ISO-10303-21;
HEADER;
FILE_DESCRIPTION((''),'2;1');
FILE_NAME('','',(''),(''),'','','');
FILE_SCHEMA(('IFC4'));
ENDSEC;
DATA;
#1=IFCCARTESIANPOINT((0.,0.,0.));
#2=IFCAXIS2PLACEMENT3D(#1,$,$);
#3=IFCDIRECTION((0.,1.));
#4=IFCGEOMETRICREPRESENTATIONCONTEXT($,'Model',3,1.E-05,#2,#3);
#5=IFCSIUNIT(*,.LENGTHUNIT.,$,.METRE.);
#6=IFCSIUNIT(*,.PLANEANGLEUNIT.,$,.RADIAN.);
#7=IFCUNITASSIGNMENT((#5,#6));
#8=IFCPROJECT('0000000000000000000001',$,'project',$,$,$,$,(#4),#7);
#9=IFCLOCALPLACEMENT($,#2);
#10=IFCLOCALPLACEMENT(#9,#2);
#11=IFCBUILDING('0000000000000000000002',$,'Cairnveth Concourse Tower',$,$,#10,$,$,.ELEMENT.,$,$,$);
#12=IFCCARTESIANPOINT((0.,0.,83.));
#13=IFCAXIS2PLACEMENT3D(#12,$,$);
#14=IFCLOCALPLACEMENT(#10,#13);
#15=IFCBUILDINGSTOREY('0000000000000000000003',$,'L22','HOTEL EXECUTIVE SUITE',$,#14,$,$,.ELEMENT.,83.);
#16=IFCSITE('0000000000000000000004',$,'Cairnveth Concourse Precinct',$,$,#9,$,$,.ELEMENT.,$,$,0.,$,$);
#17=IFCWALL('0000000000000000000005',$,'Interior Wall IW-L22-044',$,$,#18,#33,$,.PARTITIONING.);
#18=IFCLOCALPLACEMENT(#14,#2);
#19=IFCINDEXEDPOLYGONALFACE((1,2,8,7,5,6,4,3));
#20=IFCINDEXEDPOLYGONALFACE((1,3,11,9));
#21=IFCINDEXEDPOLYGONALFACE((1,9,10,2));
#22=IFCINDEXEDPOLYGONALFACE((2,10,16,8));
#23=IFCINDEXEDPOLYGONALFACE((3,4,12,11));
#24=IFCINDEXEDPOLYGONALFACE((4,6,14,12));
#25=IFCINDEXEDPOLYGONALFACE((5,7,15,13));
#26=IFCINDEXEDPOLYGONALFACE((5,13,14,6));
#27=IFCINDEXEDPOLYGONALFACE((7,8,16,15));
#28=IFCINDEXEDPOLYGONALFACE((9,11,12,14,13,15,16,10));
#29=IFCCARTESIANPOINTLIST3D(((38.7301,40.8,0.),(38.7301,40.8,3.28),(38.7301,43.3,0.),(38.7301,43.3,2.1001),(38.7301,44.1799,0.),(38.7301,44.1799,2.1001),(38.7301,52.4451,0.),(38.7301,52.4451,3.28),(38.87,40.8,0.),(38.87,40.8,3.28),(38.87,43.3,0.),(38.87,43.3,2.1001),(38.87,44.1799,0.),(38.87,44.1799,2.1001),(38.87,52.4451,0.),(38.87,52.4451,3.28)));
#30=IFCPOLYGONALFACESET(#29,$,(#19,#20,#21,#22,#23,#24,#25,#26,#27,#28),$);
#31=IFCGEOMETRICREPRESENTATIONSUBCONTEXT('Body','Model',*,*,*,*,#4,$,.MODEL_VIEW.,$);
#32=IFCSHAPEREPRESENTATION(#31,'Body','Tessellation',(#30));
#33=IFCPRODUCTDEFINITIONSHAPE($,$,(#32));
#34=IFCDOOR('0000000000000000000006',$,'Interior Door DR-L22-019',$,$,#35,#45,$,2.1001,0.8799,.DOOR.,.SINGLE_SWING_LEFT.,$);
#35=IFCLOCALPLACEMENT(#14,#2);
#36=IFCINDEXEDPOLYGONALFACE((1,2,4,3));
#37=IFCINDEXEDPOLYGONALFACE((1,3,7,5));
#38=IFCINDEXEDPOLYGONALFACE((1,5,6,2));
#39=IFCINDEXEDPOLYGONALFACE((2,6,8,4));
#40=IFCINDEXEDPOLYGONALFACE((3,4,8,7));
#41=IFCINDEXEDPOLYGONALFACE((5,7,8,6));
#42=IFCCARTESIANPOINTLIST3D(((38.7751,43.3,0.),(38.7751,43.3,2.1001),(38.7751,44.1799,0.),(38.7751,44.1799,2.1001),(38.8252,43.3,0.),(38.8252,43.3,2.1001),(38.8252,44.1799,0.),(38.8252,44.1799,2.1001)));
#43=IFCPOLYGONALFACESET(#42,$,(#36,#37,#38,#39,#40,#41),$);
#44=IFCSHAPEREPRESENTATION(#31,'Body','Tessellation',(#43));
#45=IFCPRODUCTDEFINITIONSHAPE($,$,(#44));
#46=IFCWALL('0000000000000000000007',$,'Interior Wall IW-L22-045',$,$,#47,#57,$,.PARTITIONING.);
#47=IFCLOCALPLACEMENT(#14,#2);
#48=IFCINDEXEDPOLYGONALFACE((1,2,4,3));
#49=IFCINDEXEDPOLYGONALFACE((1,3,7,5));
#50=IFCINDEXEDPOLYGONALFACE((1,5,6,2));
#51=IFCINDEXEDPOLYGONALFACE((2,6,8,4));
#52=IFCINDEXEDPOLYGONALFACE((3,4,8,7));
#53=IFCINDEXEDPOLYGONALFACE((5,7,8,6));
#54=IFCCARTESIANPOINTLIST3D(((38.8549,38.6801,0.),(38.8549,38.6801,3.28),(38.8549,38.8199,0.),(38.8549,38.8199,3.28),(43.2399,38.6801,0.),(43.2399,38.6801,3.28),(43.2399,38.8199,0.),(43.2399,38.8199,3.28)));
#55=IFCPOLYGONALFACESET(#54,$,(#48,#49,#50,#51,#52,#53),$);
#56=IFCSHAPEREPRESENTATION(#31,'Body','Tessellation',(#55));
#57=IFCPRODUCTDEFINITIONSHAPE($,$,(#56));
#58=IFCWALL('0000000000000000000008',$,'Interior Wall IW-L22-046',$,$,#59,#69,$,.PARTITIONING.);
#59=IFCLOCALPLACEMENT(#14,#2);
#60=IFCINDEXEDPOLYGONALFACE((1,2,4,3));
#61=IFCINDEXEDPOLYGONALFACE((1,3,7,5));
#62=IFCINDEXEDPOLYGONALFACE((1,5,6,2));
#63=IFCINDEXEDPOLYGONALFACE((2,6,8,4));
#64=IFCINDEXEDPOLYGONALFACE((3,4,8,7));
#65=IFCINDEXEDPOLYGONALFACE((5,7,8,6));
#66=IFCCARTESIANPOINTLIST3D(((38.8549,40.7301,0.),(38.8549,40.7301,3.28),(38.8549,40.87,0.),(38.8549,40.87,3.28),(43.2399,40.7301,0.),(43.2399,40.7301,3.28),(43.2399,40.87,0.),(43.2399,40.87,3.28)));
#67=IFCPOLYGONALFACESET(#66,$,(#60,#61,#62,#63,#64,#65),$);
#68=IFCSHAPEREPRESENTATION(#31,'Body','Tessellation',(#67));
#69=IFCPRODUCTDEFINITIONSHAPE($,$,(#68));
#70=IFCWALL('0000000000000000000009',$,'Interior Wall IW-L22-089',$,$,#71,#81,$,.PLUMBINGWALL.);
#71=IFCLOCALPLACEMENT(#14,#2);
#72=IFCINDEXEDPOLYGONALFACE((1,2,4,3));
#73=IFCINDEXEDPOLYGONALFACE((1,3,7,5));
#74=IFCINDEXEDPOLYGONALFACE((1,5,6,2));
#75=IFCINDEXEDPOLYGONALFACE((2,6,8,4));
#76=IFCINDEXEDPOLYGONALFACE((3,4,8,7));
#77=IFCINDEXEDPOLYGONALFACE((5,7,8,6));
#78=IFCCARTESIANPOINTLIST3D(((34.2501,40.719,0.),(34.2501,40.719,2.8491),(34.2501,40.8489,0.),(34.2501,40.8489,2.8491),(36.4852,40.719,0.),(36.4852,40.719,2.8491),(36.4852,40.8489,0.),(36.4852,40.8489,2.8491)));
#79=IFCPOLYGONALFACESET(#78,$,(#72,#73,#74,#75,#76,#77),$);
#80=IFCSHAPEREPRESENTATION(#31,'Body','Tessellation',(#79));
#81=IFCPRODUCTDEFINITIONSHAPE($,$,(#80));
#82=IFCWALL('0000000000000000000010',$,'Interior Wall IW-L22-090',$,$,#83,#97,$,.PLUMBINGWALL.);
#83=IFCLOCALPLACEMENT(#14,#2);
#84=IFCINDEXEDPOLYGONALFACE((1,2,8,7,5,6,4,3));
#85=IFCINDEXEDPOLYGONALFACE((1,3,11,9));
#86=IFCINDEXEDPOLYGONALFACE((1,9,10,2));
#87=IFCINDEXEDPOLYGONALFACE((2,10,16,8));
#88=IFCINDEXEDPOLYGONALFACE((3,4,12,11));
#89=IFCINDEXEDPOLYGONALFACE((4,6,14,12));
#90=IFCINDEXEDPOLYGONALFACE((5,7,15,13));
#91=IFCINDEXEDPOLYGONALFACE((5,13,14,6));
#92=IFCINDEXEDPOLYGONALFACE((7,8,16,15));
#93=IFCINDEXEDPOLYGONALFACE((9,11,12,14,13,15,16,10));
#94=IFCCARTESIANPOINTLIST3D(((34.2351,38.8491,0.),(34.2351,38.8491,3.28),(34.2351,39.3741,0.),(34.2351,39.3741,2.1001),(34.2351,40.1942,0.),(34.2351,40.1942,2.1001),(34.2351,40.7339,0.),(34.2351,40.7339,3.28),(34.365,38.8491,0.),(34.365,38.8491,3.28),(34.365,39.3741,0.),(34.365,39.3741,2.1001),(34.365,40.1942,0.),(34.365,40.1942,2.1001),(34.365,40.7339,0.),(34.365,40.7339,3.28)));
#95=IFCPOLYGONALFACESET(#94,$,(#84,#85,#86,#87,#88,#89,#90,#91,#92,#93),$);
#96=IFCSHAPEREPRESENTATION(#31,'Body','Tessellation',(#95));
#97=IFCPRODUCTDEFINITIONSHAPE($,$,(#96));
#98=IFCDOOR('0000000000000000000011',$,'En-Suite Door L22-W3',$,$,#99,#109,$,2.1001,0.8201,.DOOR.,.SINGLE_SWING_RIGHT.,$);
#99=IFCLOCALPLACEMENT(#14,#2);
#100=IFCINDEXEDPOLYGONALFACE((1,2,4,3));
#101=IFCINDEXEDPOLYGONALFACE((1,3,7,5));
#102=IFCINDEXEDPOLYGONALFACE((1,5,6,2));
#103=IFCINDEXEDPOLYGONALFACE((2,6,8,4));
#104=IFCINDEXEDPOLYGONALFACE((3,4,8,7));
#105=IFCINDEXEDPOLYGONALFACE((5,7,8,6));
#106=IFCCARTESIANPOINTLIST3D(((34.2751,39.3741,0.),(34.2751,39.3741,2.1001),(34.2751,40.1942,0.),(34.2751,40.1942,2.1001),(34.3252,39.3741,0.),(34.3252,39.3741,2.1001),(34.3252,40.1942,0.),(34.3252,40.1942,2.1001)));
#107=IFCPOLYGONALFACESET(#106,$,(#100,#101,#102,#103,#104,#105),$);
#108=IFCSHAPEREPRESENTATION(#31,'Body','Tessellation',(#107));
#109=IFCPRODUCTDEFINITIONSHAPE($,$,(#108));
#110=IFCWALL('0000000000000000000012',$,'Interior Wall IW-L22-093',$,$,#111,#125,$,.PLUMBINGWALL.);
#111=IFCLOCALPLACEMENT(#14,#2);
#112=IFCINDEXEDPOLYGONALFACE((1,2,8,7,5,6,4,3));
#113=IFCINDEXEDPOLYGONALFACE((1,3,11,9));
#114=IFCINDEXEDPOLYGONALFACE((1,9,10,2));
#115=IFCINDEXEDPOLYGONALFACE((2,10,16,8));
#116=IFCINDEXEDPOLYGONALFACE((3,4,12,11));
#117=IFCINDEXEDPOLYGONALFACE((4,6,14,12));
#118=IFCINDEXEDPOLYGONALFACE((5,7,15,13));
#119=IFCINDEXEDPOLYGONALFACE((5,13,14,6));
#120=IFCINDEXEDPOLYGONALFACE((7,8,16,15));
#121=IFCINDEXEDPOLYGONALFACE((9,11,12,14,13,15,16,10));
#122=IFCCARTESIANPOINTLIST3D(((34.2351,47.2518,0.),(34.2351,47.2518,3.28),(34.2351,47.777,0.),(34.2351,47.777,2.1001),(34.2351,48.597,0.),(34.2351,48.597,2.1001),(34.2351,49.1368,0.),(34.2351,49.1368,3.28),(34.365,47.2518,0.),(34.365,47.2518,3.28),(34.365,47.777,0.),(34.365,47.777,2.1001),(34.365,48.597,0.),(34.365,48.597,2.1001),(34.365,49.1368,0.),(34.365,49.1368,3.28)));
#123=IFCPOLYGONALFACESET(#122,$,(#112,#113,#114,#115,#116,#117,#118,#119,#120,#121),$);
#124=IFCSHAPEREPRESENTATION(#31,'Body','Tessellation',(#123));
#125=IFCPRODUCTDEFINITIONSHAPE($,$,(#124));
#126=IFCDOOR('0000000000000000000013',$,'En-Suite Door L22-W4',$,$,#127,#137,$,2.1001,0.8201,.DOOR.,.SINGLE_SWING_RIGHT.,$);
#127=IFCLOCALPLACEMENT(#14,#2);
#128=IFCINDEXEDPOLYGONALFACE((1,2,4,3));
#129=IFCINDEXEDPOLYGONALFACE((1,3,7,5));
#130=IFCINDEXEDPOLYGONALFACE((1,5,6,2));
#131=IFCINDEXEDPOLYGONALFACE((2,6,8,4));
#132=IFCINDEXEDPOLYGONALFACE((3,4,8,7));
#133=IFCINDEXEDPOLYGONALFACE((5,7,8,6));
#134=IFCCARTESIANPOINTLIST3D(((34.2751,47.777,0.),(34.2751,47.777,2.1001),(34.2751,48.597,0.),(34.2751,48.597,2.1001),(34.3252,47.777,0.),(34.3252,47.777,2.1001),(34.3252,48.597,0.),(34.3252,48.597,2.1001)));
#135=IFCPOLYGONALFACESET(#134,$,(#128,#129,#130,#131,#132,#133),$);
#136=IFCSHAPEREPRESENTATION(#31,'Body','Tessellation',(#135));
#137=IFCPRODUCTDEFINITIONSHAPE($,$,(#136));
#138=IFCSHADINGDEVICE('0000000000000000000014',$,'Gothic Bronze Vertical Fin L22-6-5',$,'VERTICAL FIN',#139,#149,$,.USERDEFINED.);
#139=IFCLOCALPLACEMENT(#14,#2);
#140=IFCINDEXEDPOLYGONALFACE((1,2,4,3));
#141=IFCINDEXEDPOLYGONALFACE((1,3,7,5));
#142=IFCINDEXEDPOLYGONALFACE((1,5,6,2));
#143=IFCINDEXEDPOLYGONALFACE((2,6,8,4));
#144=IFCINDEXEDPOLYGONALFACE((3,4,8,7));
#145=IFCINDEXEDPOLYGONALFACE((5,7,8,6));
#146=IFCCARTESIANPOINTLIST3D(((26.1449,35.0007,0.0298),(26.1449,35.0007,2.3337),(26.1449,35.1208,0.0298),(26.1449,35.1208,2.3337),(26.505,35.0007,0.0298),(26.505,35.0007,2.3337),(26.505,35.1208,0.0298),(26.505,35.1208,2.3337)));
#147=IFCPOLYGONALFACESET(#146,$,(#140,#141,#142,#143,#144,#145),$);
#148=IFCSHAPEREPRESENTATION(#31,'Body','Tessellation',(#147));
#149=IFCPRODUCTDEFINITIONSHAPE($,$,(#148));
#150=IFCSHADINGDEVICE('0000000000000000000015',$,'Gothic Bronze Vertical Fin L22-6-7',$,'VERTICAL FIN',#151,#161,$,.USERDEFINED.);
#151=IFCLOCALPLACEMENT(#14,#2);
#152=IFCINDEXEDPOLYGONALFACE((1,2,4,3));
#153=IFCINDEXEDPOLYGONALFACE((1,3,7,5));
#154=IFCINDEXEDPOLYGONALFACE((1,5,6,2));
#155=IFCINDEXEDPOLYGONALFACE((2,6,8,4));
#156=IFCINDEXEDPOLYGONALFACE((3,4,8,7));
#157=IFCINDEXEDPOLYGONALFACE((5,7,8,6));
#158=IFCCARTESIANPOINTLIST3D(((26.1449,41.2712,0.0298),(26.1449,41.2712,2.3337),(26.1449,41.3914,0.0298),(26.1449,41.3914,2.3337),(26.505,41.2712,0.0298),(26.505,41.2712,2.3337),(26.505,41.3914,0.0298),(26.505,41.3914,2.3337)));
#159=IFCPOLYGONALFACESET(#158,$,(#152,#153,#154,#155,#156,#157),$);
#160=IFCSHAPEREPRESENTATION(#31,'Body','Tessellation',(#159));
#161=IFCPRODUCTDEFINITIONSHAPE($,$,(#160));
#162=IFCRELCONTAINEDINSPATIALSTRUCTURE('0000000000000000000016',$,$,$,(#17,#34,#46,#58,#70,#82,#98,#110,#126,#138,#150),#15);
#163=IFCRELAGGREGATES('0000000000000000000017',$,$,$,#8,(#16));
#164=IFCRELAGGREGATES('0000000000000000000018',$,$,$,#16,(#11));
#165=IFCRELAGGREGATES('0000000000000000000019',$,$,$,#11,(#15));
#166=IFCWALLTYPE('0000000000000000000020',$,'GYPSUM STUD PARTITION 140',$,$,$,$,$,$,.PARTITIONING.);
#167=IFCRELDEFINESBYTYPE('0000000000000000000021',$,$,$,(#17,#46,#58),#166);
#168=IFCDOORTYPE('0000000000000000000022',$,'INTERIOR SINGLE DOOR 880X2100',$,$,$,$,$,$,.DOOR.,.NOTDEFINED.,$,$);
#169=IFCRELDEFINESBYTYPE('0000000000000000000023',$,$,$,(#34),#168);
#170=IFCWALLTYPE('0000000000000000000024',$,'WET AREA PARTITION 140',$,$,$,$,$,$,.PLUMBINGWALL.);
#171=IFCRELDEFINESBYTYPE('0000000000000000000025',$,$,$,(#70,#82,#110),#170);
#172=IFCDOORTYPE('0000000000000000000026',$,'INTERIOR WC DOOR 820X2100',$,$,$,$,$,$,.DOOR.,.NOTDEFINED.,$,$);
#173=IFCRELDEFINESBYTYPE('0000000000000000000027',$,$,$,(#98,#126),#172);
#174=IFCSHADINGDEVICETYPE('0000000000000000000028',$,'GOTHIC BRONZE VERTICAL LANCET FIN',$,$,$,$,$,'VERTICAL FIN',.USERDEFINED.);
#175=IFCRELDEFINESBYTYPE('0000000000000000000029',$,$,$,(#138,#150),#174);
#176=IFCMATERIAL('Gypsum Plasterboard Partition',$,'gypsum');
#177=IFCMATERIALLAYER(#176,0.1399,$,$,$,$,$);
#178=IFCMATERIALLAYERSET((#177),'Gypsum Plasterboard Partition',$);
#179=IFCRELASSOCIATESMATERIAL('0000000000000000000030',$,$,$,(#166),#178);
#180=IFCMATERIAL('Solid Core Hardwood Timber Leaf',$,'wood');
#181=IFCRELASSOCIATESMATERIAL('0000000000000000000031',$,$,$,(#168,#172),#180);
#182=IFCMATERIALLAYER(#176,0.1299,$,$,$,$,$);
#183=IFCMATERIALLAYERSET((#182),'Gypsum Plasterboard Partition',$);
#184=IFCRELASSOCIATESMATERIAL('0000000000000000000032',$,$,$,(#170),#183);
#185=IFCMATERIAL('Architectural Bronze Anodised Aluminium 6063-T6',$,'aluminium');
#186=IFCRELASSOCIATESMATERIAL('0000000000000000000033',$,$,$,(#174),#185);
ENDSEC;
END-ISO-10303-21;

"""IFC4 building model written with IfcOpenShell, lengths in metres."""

from ifc_helpers import new_model, si_unit, direction, frame, frame_2d, origin, origin_2d, place, context, subcontext, project, spatial, rectangle, extrude, material, layer, layer_set, type_object, element, fill, save


model = new_model("IFC4")

# Units and contexts
model_context = context("Model", 3, precision=1e-05, world=origin(), true_north=direction((0.0, 1.0)))
body_context = subcontext(model_context, "Body", "Model", "MODEL_VIEW")
ifc_project = project(units=[si_unit("LENGTHUNIT", "METRE"), si_unit("PLANEANGLEUNIT", "RADIAN")], contexts=[model_context])

# Site, building, storey
site_placement = place(None, origin())
site = spatial("IfcSite", under=ifc_project, at=site_placement, Name="Cairnveth Concourse Precinct", CompositionType="ELEMENT", RefElevation=0.0)
building_placement = place(site_placement, origin())
building = spatial("IfcBuilding", under=site, at=building_placement, Name="Cairnveth Concourse Tower", CompositionType="ELEMENT")
storey_placement = place(building_placement, frame((0.0, 0.0, 83.0)))
storey = spatial("IfcBuildingStorey", under=building, at=storey_placement, Name="L22", Description="HOTEL EXECUTIVE SUITE", CompositionType="ELEMENT", Elevation=83.0)

# Shared definitions
ifc_material_1 = material(Name="Gypsum Plasterboard Partition", Category="gypsum")

# Wall, opening, door
ifc_layer_1 = layer(ifc_material_1, 0.1399)
ifc_layer_set_1 = layer_set([ifc_layer_1], Name="Gypsum Plasterboard Partition")
wall_type_1 = type_object("IfcWallType", Name="GYPSUM STUD PARTITION 140", PredefinedType="PARTITIONING", material=ifc_layer_set_1)
wall_1_placement = place(storey_placement, frame((38.8, 40.8, 0.0), z_axis=(0.0, 0.0, 1.0), x_axis=(0.0, 1.0, 0.0)))
wall_1 = element("IfcWall", 1, at=wall_1_placement, inside=storey, type_object=wall_type_1, Name="Interior Wall IW-L22-044", PredefinedType="PARTITIONING", context=body_context, shape_type="SweptSolid", body=[
    extrude(rectangle(XDim=11.645, YDim=0.1399, at=frame_2d((5.8225, 0.0))), origin(), (0.0, 0.0, 1.0), 3.28),
])
opening_1_placement = place(wall_1_placement, frame((2.5, 0.0, 0.0)))
opening_1 = element("IfcOpeningElement", 2, at=opening_1_placement, cuts=wall_1, PredefinedType="OPENING", context=body_context, shape_type="SweptSolid", body=[
    extrude(rectangle(XDim=0.8799, YDim=2.1001, at=frame_2d((0.4399, 1.05))), frame((0.0, 0.0798, 0.0), z_axis=(0.0, -1.0, 0.0), x_axis=(1.0, 0.0, 0.0)), (0.0, 0.0, 1.0), 0.1599),
])
ifc_material_2 = material(Name="Solid Core Hardwood Timber Leaf", Category="wood")
door_type_1 = type_object("IfcDoorType", Name="INTERIOR SINGLE DOOR 880X2100", OperationType="NOTDEFINED", PredefinedType="DOOR", material=ifc_material_2)
door_1_placement = place(opening_1_placement, origin())
door_1 = element("IfcDoor", 3, at=door_1_placement, inside=storey, type_object=door_type_1, Name="Interior Door DR-L22-019", OperationType="SINGLE_SWING_LEFT", OverallHeight=2.1001, OverallWidth=0.8799, PredefinedType="DOOR", context=body_context, shape_type="SweptSolid", body=[
    extrude(rectangle(XDim=0.8799, YDim=2.1001, at=frame_2d((0.4399, 1.05))), frame((0.0, 0.0249, 0.0), z_axis=(0.0, -1.0, 0.0), x_axis=(1.0, 0.0, 0.0)), (0.0, 0.0, 1.0), 0.05),
])
fill(opening_1, door_1)

# Walls
for number, where, z_axis, x_axis, name in (
    (4, (38.855, 38.75, 0.0), (0.0, 0.0, 1.0), (1.0, 0.0, 0.0), "Interior Wall IW-L22-045"),
    (5, (38.855, 40.8, 0.0), (0.0, 0.0, 1.0), (1.0, 0.0, 0.0), "Interior Wall IW-L22-046"),
):
    element("IfcWall", number, at=place(storey_placement, frame(where, z_axis=z_axis, x_axis=x_axis)), inside=storey, type_object=wall_type_1, Name=name, PredefinedType="PARTITIONING", context=body_context, shape_type="SweptSolid", body=[
        extrude(rectangle(XDim=4.385, YDim=0.1399, at=frame_2d((2.1924, 0.0))), origin(), (0.0, 0.0, 1.0), 3.28),
    ])
ifc_layer_2 = layer(ifc_material_1, 0.1299)
ifc_layer_set_2 = layer_set([ifc_layer_2], Name="Gypsum Plasterboard Partition")
wall_type_2 = type_object("IfcWallType", Name="WET AREA PARTITION 140", PredefinedType="PLUMBINGWALL", material=ifc_layer_set_2)
wall_2_placement = place(storey_placement, frame((34.25, 40.7839, 0.0), z_axis=(0.0, 0.0, 1.0), x_axis=(1.0, 0.0, 0.0)))
element("IfcWall", 6, at=wall_2_placement, inside=storey, type_object=wall_type_2, Name="Interior Wall IW-L22-089", PredefinedType="PLUMBINGWALL", context=body_context, shape_type="SweptSolid", body=[
    extrude(rectangle(XDim=2.2351, YDim=0.1299, at=frame_2d((1.1177, 0.0))), origin(), (0.0, 0.0, 1.0), 2.8491),
])

# Walls, openings, doors
wall_3_placement = place(storey_placement, frame((34.3, 38.8491, 0.0), z_axis=(0.0, 0.0, 1.0), x_axis=(0.0, 1.0, 0.0)))
wall_3 = element("IfcWall", 7, at=wall_3_placement, inside=storey, type_object=wall_type_2, Name="Interior Wall IW-L22-090", PredefinedType="PLUMBINGWALL", context=body_context, shape_type="SweptSolid", body=[
    extrude(rectangle(XDim=1.8848, YDim=0.1299, at=frame_2d((0.9424, 0.0))), origin(), (0.0, 0.0, 1.0), 3.28),
])
opening_2_placement = place(wall_3_placement, frame((0.5249, 0.0, 0.0)))
opening_2 = element("IfcOpeningElement", 8, at=opening_2_placement, cuts=wall_3, PredefinedType="OPENING", context=body_context, shape_type="SweptSolid", body=[
    extrude(rectangle(XDim=0.8201, YDim=2.1001, at=frame_2d((0.4102, 1.05))), frame((0.0, 0.075, 0.0), z_axis=(0.0, -1.0, 0.0), x_axis=(1.0, 0.0, 0.0)), (0.0, 0.0, 1.0), 0.1499),
])
door_type_2 = type_object("IfcDoorType", Name="INTERIOR WC DOOR 820X2100", OperationType="NOTDEFINED", PredefinedType="DOOR", material=ifc_material_2)
door_2_placement = place(opening_2_placement, origin())
door_2 = element("IfcDoor", 9, at=door_2_placement, inside=storey, type_object=door_type_2, Name="En-Suite Door L22-W3", OperationType="SINGLE_SWING_RIGHT", OverallHeight=2.1001, OverallWidth=0.8201, PredefinedType="DOOR", context=body_context, shape_type="SweptSolid", body=[
    extrude(rectangle(XDim=0.8201, YDim=2.1001, at=frame_2d((0.4102, 1.05))), frame((0.0, 0.0249, 0.0), z_axis=(0.0, -1.0, 0.0), x_axis=(1.0, 0.0, 0.0)), (0.0, 0.0, 1.0), 0.05),
])
fill(opening_2, door_2)
wall_4_placement = place(storey_placement, frame((34.3, 47.252, 0.0), z_axis=(0.0, 0.0, 1.0), x_axis=(0.0, 1.0, 0.0)))
wall_4 = element("IfcWall", 10, at=wall_4_placement, inside=storey, type_object=wall_type_2, Name="Interior Wall IW-L22-093", PredefinedType="PLUMBINGWALL", context=body_context, shape_type="SweptSolid", body=[
    extrude(rectangle(XDim=1.885, YDim=0.1299, at=frame_2d((0.9424, 0.0))), origin(), (0.0, 0.0, 1.0), 3.28),
])
opening_3_placement = place(wall_4_placement, frame((0.5249, 0.0, 0.0)))
opening_3 = element("IfcOpeningElement", 11, at=opening_3_placement, cuts=wall_4, PredefinedType="OPENING", context=body_context, shape_type="SweptSolid", body=[
    extrude(rectangle(XDim=0.8201, YDim=2.1001, at=frame_2d((0.4102, 1.05))), frame((0.0, 0.075, 0.0), z_axis=(0.0, -1.0, 0.0), x_axis=(1.0, 0.0, 0.0)), (0.0, 0.0, 1.0), 0.1499),
])
door_3_placement = place(opening_3_placement, origin())
door_3 = element("IfcDoor", 12, at=door_3_placement, inside=storey, type_object=door_type_2, Name="En-Suite Door L22-W4", OperationType="SINGLE_SWING_RIGHT", OverallHeight=2.1001, OverallWidth=0.8201, PredefinedType="DOOR", context=body_context, shape_type="SweptSolid", body=[
    extrude(rectangle(XDim=0.8201, YDim=2.1001, at=frame_2d((0.4102, 1.05))), frame((0.0, 0.0249, 0.0), z_axis=(0.0, -1.0, 0.0), x_axis=(1.0, 0.0, 0.0)), (0.0, 0.0, 1.0), 0.05),
])
fill(opening_3, door_3)

# Shading devices
ifc_material_3 = material(Name="Architectural Bronze Anodised Aluminium 6063-T6", Category="aluminium")
shading_device_type = type_object("IfcShadingDeviceType", Name="GOTHIC BRONZE VERTICAL LANCET FIN", ElementType="VERTICAL FIN", PredefinedType="USERDEFINED", material=ifc_material_3)
for number, where, z_axis, x_axis, name in (
    (13, (26.325, 35.0608, 0.0298), (0.0, 0.0, 1.0), (0.0, 1.0, 0.0), "Gothic Bronze Vertical Fin L22-6-5"),
    (14, (26.325, 41.3313, 0.0298), (0.0, 0.0, 1.0), (0.0, 1.0, 0.0), "Gothic Bronze Vertical Fin L22-6-7"),
):
    element("IfcShadingDevice", number, at=place(storey_placement, frame(where, z_axis=z_axis, x_axis=x_axis)), inside=storey, type_object=shading_device_type, Name=name, ObjectType="VERTICAL FIN", PredefinedType="USERDEFINED", context=body_context, shape_type="SweptSolid", body=[
        extrude(rectangle(XDim=0.1201, YDim=0.3601, at=origin_2d()), origin(), (0.0, 0.0, 1.0), 2.304),
    ])

save(model, "model.ifc")
